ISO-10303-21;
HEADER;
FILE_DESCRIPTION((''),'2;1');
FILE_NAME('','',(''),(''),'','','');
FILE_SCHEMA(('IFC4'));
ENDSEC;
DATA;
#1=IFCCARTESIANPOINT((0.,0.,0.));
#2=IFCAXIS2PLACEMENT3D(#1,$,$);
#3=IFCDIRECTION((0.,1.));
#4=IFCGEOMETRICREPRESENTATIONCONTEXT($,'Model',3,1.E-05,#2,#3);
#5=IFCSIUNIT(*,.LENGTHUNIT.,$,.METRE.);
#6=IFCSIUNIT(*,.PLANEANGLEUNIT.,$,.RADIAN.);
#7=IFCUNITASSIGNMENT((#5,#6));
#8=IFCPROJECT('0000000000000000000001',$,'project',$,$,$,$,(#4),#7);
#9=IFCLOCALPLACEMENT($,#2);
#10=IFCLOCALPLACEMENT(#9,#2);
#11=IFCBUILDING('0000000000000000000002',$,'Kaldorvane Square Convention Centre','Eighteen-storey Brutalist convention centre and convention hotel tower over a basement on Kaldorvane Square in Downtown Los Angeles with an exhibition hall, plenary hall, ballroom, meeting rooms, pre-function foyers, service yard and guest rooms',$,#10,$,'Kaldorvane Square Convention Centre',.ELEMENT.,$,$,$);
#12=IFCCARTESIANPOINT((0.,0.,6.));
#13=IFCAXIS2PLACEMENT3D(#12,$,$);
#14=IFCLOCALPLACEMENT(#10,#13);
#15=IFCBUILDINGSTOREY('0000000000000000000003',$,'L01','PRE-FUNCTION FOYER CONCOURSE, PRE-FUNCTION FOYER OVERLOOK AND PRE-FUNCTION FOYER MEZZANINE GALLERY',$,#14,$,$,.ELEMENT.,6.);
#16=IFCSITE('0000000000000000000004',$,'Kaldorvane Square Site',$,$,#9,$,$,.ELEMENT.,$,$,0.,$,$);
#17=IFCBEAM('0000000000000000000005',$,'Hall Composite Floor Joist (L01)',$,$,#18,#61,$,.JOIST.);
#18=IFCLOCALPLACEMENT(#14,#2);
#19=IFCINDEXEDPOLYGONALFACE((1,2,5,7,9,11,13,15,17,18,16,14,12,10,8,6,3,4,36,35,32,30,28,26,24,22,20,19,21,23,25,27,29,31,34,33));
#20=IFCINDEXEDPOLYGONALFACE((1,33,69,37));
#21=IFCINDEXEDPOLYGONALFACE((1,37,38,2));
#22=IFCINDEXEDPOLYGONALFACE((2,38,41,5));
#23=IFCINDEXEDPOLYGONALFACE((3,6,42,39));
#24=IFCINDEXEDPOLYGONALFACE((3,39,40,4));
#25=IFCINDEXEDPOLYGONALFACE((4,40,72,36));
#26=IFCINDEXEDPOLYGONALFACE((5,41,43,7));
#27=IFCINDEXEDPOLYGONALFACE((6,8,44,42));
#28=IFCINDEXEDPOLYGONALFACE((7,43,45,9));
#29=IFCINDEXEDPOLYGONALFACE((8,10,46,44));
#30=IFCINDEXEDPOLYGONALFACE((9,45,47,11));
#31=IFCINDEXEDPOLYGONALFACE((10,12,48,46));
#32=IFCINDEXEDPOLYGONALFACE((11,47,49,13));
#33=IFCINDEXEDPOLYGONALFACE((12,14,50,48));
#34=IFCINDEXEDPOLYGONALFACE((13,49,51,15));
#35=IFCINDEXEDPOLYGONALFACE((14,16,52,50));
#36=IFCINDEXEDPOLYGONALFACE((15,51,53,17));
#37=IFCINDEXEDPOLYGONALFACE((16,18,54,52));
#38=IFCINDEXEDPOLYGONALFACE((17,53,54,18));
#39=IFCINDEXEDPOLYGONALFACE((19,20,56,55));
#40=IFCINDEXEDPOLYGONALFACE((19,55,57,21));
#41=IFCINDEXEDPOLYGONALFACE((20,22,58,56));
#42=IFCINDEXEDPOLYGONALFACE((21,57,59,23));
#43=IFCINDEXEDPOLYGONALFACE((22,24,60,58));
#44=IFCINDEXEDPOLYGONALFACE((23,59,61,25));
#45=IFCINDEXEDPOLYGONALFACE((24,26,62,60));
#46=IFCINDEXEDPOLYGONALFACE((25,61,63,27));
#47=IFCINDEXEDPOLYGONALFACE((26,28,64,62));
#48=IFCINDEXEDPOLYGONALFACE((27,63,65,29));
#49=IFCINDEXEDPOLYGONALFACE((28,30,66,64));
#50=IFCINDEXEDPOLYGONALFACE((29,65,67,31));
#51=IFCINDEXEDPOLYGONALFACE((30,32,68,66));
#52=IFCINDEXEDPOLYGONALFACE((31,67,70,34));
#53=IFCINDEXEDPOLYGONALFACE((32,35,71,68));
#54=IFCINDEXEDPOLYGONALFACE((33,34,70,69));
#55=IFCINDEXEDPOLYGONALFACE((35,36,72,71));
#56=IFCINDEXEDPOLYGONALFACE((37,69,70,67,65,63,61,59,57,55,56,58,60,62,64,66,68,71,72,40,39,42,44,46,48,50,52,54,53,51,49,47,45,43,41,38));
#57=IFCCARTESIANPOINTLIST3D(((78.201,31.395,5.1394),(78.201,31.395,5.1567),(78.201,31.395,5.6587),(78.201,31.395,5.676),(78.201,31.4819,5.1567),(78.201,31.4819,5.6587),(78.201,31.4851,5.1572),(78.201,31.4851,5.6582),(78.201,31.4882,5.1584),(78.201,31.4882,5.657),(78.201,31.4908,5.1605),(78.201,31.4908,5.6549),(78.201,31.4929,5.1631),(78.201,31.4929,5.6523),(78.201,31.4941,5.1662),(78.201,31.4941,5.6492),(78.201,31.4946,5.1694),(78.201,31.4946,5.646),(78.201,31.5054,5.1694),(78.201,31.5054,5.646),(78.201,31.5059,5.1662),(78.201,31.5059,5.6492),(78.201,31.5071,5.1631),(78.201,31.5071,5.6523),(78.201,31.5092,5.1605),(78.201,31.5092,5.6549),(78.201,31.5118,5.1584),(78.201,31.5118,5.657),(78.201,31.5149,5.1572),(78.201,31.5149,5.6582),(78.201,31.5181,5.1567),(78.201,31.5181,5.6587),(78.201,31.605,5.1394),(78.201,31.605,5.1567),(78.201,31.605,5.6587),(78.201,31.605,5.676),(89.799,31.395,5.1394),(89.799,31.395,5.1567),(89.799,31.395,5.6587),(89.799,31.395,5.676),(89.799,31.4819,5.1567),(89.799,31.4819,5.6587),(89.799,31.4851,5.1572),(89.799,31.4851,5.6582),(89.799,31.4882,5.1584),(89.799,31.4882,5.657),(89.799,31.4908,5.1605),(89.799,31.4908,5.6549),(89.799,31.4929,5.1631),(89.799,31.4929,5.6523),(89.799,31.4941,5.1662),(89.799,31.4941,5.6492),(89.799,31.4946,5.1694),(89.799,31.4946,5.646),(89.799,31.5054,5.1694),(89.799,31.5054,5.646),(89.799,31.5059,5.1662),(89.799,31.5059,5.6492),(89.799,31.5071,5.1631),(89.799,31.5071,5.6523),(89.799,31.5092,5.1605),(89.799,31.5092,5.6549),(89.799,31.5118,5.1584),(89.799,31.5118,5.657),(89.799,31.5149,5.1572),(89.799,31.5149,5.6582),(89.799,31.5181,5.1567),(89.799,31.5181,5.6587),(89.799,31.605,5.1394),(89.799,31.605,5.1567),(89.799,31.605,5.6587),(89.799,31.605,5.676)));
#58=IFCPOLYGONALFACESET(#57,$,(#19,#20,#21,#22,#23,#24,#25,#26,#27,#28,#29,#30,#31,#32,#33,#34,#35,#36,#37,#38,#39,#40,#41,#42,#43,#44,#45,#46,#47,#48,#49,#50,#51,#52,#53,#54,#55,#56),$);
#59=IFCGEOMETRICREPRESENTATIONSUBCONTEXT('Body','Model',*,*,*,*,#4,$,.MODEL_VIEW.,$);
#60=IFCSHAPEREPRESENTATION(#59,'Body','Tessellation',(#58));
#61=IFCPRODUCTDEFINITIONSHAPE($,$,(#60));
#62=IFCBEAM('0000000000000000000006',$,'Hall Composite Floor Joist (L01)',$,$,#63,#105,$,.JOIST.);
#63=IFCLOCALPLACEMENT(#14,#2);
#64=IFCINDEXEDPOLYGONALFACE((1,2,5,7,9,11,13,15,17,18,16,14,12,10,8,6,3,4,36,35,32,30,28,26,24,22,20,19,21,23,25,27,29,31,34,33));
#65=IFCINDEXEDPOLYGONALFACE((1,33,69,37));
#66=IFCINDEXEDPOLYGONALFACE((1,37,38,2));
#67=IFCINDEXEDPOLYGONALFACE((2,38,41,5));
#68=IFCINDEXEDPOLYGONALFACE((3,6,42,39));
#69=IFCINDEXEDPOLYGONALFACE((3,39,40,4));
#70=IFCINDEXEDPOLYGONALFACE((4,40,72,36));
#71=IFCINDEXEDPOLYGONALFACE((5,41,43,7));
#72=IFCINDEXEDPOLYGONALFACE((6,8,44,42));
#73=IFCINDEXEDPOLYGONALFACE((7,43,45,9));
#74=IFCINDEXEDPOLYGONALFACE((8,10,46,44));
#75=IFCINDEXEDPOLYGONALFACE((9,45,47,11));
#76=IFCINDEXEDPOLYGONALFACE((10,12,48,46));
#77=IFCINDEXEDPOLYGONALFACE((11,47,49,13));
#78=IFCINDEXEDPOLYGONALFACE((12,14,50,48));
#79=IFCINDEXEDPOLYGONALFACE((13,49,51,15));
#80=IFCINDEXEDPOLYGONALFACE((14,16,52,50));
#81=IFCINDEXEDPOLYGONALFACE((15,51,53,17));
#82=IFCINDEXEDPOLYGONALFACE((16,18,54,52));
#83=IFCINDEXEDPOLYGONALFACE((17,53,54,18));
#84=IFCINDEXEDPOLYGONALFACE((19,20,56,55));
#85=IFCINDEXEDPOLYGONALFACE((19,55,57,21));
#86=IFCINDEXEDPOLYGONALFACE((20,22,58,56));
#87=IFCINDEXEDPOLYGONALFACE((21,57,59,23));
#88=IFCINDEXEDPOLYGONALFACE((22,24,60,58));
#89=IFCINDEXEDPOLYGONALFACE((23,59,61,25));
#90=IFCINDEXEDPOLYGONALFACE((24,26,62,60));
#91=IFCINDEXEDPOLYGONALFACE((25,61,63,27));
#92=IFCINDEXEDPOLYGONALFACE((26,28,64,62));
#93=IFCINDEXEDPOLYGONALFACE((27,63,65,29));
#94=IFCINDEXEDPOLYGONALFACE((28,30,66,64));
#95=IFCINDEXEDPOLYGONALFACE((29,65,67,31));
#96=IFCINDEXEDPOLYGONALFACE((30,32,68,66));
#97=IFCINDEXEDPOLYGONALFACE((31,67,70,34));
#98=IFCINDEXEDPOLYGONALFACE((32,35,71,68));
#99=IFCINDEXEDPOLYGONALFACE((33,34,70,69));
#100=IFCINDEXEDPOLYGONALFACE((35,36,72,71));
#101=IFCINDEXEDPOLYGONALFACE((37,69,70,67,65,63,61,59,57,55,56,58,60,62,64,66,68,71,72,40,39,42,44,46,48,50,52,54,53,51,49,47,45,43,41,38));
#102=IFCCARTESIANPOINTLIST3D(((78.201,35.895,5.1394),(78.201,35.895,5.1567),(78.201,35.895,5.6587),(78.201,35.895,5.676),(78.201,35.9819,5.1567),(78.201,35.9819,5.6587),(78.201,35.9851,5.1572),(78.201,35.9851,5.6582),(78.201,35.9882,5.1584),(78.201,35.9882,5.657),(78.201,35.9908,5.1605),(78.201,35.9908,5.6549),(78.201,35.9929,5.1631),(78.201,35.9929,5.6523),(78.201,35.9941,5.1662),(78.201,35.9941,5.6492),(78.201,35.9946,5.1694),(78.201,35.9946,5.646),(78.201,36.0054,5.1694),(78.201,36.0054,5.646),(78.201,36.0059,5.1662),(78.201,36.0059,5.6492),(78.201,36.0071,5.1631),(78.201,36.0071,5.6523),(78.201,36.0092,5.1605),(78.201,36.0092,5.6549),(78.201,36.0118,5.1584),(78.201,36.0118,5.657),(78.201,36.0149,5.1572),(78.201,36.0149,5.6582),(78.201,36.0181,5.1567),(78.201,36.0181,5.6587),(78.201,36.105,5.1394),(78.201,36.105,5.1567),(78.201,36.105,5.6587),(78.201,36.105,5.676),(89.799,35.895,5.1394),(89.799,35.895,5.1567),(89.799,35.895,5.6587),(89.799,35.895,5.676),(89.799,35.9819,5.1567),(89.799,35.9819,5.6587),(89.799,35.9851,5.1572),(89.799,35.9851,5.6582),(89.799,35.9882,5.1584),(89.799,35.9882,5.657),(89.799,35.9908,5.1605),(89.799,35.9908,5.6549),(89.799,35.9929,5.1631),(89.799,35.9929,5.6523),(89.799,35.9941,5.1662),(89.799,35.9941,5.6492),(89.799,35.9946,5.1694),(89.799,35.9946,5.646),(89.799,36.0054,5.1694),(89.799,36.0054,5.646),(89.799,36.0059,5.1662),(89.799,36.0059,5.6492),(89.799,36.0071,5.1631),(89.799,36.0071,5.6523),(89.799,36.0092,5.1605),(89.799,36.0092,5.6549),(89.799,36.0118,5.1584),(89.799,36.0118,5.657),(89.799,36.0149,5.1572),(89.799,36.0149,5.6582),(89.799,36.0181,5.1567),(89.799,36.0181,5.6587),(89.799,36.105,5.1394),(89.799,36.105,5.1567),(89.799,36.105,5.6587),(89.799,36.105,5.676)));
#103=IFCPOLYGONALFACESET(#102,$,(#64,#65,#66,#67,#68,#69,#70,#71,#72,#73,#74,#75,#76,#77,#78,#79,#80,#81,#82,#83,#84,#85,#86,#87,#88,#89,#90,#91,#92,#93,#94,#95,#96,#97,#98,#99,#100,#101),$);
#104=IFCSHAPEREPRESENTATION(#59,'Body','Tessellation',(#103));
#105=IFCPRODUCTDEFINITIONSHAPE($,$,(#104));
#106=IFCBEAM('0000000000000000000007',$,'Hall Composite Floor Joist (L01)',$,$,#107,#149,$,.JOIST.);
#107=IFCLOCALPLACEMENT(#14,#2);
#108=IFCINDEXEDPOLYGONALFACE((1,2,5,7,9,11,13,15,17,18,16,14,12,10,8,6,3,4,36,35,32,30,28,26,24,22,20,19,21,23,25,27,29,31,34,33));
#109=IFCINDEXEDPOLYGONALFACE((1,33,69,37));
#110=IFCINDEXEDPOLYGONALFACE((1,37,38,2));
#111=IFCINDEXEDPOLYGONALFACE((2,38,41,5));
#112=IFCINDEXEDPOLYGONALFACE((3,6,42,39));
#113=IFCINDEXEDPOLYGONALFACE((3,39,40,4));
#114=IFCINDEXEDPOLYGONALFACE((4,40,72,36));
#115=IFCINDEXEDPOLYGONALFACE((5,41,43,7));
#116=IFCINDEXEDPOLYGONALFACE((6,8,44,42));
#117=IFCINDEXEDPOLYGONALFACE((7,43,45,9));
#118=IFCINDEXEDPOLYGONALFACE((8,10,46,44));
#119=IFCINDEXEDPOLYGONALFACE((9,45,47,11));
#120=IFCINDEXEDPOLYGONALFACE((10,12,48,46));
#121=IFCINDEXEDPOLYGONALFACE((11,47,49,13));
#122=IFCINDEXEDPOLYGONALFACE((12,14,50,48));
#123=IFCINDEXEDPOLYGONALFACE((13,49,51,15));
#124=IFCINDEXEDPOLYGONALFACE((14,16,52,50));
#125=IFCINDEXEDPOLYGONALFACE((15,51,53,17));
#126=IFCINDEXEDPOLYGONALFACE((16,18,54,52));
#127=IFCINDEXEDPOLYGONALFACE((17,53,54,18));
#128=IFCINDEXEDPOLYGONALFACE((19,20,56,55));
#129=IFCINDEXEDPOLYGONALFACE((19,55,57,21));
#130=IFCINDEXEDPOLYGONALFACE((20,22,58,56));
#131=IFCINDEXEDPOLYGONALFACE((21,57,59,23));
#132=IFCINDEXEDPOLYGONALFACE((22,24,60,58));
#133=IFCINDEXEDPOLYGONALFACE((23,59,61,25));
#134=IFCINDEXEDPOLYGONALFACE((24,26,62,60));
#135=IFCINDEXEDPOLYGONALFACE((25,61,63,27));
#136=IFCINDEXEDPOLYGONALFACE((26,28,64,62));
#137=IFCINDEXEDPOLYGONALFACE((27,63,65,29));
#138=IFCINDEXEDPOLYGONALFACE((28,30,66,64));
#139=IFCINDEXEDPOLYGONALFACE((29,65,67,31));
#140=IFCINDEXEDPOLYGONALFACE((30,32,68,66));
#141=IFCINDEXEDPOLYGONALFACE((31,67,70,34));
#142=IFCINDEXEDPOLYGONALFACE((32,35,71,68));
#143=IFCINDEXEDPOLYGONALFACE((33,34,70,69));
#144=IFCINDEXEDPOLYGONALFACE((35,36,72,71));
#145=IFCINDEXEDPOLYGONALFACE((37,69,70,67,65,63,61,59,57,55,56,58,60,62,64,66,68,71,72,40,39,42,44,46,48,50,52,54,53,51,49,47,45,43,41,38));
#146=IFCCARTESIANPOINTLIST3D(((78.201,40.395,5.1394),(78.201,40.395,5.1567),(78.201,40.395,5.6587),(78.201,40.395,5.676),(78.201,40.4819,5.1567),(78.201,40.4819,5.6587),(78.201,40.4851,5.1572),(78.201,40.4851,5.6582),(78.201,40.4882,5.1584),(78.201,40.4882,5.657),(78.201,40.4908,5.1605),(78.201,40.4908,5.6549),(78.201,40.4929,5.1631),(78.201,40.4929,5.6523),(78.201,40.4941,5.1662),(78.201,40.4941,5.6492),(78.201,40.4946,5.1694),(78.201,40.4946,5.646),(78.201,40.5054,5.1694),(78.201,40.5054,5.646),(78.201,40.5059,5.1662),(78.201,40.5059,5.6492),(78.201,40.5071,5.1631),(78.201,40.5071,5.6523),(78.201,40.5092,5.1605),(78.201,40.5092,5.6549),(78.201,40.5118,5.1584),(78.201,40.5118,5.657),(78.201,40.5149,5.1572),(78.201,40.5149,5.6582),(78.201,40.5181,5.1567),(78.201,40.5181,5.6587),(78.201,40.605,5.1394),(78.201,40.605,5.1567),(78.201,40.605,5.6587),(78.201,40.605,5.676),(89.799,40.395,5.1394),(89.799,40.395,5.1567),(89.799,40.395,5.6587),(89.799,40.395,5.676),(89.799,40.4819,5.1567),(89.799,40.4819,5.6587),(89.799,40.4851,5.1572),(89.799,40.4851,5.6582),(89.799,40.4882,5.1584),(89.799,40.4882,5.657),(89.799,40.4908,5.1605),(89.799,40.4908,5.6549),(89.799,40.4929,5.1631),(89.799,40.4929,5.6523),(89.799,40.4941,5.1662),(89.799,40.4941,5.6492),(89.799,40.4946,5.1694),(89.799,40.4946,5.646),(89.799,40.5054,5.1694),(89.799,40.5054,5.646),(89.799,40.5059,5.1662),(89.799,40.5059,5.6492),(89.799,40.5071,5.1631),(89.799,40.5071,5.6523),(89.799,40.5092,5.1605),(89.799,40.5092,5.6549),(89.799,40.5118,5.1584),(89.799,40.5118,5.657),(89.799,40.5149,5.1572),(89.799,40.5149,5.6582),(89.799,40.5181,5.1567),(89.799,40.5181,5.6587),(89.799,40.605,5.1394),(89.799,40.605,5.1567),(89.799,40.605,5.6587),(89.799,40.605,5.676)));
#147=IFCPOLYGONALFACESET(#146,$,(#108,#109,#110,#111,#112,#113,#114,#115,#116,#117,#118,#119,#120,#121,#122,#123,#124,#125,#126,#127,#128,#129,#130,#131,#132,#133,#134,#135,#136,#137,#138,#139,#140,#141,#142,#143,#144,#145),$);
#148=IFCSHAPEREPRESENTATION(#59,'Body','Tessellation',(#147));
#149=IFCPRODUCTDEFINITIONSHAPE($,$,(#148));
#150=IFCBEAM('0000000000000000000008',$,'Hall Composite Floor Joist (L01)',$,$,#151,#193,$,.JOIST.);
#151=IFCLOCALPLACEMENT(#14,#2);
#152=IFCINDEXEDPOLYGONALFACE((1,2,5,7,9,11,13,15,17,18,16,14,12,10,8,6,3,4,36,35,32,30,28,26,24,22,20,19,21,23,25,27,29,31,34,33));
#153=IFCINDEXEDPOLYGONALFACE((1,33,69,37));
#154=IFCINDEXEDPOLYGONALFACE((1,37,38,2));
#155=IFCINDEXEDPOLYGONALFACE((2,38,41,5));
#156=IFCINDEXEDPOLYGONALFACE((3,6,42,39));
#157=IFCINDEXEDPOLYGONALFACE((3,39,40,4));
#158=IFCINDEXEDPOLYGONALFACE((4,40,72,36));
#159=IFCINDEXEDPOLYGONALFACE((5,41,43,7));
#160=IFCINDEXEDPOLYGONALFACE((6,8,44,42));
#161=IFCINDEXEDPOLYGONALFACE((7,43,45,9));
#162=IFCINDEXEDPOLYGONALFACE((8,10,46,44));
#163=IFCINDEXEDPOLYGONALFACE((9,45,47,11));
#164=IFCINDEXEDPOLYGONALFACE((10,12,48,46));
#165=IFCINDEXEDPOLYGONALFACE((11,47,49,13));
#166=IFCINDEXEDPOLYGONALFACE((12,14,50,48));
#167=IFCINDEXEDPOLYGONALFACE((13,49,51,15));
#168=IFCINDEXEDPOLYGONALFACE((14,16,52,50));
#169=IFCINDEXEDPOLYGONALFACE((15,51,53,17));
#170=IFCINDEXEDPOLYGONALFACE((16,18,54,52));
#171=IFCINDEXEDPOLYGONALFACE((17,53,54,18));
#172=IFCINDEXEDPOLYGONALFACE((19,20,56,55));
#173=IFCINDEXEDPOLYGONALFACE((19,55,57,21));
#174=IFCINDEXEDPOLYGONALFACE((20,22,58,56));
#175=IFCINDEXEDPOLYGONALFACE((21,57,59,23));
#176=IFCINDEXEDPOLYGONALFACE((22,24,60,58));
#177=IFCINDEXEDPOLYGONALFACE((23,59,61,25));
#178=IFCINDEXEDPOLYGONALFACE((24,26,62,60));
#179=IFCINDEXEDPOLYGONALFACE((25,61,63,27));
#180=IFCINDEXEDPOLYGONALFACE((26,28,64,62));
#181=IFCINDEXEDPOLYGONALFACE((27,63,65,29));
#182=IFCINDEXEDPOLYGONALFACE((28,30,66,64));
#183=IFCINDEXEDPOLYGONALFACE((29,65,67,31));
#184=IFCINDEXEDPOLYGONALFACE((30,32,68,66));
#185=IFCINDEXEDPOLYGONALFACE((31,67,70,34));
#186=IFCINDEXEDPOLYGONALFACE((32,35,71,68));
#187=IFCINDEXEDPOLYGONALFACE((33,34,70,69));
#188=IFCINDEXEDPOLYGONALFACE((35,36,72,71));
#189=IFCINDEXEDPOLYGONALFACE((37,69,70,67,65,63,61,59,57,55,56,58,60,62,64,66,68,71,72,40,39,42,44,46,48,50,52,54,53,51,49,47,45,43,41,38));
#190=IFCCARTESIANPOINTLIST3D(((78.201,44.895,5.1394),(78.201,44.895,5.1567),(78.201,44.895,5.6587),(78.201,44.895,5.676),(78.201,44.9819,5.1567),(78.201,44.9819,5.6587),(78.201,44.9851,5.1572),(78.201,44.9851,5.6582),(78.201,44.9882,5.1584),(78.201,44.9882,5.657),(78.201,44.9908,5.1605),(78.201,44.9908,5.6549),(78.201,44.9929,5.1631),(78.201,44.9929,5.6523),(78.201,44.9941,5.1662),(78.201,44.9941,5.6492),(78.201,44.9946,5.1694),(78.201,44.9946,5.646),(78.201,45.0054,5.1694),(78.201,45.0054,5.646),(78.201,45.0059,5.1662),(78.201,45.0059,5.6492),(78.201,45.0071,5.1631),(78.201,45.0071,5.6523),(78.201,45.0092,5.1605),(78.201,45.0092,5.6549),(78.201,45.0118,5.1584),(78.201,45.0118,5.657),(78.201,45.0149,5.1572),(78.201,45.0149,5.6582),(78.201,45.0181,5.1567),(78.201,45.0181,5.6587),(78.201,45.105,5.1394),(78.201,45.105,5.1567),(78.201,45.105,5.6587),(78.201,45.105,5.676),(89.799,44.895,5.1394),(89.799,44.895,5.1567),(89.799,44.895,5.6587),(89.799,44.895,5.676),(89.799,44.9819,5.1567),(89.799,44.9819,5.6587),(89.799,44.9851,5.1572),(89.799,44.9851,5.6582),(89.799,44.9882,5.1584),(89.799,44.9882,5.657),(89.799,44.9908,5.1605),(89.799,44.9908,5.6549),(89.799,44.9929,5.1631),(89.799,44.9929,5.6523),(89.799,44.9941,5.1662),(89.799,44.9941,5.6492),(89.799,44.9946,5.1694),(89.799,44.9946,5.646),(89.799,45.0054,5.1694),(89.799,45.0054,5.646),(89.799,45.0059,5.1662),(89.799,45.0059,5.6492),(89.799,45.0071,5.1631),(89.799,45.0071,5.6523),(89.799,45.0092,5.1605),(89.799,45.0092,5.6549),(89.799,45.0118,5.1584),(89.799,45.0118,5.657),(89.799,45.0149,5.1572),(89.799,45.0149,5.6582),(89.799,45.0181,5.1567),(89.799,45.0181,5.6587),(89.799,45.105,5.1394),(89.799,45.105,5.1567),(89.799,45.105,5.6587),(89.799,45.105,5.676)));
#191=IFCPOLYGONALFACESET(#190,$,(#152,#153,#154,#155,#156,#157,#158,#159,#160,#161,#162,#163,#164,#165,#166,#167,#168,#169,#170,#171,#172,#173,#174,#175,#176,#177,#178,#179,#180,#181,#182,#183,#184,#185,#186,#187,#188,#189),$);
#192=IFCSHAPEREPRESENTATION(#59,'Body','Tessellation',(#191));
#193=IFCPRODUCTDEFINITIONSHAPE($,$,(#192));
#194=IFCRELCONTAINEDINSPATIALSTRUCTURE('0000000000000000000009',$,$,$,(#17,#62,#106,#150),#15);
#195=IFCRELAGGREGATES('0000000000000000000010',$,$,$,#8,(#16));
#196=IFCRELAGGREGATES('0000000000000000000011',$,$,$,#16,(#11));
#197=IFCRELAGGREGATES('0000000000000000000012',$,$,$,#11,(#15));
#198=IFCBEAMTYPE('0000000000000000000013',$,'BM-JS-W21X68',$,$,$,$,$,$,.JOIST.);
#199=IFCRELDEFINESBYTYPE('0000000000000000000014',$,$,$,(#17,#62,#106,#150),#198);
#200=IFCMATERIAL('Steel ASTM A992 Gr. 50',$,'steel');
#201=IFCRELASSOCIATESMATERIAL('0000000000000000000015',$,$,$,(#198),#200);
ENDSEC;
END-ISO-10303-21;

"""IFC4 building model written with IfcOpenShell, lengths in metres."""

from ifc_helpers import new_model, si_unit, direction, frame, origin, origin_2d, place, context, subcontext, project, spatial, i_section, extrude, material, material_profile, profile_set, type_object, element, save


model = new_model("IFC4")

# Units and contexts
model_context = context("Model", 3, precision=1e-05, world=origin(), true_north=direction((0.0, 1.0)))
body_context = subcontext(model_context, "Body", "Model", "MODEL_VIEW")
ifc_project = project(units=[si_unit("LENGTHUNIT", "METRE"), si_unit("PLANEANGLEUNIT", "RADIAN")], contexts=[model_context])

# Site, building, storey
site_placement = place(None, origin())
site = spatial("IfcSite", under=ifc_project, at=site_placement, Name="Kaldorvane Square Site", CompositionType="ELEMENT", RefElevation=0.0)
building_placement = place(site_placement, origin())
building = spatial("IfcBuilding", under=site, at=building_placement, Name="Kaldorvane Square Convention Centre", Description="Eighteen-storey Brutalist convention centre and convention hotel tower over a basement on Kaldorvane Square in Downtown Los Angeles with an exhibition hall, plenary hall, ballroom, meeting rooms, pre-function foyers, service yard and guest rooms", LongName="Kaldorvane Square Convention Centre", CompositionType="ELEMENT")
storey_placement = place(building_placement, frame((0.0, 0.0, 6.0)))
storey = spatial("IfcBuildingStorey", under=building, at=storey_placement, Name="L01", Description="PRE-FUNCTION FOYER CONCOURSE, PRE-FUNCTION FOYER OVERLOOK AND PRE-FUNCTION FOYER MEZZANINE GALLERY", CompositionType="ELEMENT", Elevation=6.0)

# Beams
ifc_material_1 = material(Name="Steel ASTM A992 Gr. 50", Category="steel")
ifc_material_profile_1 = material_profile(ifc_material_1, i_section(OverallWidth=0.2101, OverallDepth=0.5367, WebThickness=0.0109, FlangeThickness=0.0174, FilletRadius=0.0127, at=origin_2d()), Name="W21X68")
ifc_profile_set_1 = profile_set([ifc_material_profile_1], Name="Steel ASTM A992 Gr. 50")
beam_type_1 = type_object("IfcBeamType", Name="BM-JS-W21X68", PredefinedType="JOIST", material=ifc_profile_set_1)
for number, where, z_axis, x_axis, name in (
    (1, (78.201, 31.5, 5.4077), (1.0, 0.0, 0.0), (0.0, 1.0, 0.0), "Hall Composite Floor Joist (L01)"),
    (2, (78.201, 36.0, 5.4077), (1.0, 0.0, 0.0), (0.0, 1.0, 0.0), "Hall Composite Floor Joist (L01)"),
    (3, (78.201, 40.5, 5.4077), (1.0, 0.0, 0.0), (0.0, 1.0, 0.0), "Hall Composite Floor Joist (L01)"),
    (4, (78.201, 45.0, 5.4077), (1.0, 0.0, 0.0), (0.0, 1.0, 0.0), "Hall Composite Floor Joist (L01)"),
):
    element("IfcBeam", number, at=place(storey_placement, frame(where, z_axis=z_axis, x_axis=x_axis)), inside=storey, type_object=beam_type_1, Name=name, PredefinedType="JOIST", context=body_context, shape_type="SweptSolid", body=[
        extrude(i_section(OverallWidth=0.2101, OverallDepth=0.5367, WebThickness=0.0109, FlangeThickness=0.0174, FilletRadius=0.0127, at=origin_2d()), origin(), (0.0, 0.0, 1.0), 11.598),
    ])

save(model, "model.ifc")
